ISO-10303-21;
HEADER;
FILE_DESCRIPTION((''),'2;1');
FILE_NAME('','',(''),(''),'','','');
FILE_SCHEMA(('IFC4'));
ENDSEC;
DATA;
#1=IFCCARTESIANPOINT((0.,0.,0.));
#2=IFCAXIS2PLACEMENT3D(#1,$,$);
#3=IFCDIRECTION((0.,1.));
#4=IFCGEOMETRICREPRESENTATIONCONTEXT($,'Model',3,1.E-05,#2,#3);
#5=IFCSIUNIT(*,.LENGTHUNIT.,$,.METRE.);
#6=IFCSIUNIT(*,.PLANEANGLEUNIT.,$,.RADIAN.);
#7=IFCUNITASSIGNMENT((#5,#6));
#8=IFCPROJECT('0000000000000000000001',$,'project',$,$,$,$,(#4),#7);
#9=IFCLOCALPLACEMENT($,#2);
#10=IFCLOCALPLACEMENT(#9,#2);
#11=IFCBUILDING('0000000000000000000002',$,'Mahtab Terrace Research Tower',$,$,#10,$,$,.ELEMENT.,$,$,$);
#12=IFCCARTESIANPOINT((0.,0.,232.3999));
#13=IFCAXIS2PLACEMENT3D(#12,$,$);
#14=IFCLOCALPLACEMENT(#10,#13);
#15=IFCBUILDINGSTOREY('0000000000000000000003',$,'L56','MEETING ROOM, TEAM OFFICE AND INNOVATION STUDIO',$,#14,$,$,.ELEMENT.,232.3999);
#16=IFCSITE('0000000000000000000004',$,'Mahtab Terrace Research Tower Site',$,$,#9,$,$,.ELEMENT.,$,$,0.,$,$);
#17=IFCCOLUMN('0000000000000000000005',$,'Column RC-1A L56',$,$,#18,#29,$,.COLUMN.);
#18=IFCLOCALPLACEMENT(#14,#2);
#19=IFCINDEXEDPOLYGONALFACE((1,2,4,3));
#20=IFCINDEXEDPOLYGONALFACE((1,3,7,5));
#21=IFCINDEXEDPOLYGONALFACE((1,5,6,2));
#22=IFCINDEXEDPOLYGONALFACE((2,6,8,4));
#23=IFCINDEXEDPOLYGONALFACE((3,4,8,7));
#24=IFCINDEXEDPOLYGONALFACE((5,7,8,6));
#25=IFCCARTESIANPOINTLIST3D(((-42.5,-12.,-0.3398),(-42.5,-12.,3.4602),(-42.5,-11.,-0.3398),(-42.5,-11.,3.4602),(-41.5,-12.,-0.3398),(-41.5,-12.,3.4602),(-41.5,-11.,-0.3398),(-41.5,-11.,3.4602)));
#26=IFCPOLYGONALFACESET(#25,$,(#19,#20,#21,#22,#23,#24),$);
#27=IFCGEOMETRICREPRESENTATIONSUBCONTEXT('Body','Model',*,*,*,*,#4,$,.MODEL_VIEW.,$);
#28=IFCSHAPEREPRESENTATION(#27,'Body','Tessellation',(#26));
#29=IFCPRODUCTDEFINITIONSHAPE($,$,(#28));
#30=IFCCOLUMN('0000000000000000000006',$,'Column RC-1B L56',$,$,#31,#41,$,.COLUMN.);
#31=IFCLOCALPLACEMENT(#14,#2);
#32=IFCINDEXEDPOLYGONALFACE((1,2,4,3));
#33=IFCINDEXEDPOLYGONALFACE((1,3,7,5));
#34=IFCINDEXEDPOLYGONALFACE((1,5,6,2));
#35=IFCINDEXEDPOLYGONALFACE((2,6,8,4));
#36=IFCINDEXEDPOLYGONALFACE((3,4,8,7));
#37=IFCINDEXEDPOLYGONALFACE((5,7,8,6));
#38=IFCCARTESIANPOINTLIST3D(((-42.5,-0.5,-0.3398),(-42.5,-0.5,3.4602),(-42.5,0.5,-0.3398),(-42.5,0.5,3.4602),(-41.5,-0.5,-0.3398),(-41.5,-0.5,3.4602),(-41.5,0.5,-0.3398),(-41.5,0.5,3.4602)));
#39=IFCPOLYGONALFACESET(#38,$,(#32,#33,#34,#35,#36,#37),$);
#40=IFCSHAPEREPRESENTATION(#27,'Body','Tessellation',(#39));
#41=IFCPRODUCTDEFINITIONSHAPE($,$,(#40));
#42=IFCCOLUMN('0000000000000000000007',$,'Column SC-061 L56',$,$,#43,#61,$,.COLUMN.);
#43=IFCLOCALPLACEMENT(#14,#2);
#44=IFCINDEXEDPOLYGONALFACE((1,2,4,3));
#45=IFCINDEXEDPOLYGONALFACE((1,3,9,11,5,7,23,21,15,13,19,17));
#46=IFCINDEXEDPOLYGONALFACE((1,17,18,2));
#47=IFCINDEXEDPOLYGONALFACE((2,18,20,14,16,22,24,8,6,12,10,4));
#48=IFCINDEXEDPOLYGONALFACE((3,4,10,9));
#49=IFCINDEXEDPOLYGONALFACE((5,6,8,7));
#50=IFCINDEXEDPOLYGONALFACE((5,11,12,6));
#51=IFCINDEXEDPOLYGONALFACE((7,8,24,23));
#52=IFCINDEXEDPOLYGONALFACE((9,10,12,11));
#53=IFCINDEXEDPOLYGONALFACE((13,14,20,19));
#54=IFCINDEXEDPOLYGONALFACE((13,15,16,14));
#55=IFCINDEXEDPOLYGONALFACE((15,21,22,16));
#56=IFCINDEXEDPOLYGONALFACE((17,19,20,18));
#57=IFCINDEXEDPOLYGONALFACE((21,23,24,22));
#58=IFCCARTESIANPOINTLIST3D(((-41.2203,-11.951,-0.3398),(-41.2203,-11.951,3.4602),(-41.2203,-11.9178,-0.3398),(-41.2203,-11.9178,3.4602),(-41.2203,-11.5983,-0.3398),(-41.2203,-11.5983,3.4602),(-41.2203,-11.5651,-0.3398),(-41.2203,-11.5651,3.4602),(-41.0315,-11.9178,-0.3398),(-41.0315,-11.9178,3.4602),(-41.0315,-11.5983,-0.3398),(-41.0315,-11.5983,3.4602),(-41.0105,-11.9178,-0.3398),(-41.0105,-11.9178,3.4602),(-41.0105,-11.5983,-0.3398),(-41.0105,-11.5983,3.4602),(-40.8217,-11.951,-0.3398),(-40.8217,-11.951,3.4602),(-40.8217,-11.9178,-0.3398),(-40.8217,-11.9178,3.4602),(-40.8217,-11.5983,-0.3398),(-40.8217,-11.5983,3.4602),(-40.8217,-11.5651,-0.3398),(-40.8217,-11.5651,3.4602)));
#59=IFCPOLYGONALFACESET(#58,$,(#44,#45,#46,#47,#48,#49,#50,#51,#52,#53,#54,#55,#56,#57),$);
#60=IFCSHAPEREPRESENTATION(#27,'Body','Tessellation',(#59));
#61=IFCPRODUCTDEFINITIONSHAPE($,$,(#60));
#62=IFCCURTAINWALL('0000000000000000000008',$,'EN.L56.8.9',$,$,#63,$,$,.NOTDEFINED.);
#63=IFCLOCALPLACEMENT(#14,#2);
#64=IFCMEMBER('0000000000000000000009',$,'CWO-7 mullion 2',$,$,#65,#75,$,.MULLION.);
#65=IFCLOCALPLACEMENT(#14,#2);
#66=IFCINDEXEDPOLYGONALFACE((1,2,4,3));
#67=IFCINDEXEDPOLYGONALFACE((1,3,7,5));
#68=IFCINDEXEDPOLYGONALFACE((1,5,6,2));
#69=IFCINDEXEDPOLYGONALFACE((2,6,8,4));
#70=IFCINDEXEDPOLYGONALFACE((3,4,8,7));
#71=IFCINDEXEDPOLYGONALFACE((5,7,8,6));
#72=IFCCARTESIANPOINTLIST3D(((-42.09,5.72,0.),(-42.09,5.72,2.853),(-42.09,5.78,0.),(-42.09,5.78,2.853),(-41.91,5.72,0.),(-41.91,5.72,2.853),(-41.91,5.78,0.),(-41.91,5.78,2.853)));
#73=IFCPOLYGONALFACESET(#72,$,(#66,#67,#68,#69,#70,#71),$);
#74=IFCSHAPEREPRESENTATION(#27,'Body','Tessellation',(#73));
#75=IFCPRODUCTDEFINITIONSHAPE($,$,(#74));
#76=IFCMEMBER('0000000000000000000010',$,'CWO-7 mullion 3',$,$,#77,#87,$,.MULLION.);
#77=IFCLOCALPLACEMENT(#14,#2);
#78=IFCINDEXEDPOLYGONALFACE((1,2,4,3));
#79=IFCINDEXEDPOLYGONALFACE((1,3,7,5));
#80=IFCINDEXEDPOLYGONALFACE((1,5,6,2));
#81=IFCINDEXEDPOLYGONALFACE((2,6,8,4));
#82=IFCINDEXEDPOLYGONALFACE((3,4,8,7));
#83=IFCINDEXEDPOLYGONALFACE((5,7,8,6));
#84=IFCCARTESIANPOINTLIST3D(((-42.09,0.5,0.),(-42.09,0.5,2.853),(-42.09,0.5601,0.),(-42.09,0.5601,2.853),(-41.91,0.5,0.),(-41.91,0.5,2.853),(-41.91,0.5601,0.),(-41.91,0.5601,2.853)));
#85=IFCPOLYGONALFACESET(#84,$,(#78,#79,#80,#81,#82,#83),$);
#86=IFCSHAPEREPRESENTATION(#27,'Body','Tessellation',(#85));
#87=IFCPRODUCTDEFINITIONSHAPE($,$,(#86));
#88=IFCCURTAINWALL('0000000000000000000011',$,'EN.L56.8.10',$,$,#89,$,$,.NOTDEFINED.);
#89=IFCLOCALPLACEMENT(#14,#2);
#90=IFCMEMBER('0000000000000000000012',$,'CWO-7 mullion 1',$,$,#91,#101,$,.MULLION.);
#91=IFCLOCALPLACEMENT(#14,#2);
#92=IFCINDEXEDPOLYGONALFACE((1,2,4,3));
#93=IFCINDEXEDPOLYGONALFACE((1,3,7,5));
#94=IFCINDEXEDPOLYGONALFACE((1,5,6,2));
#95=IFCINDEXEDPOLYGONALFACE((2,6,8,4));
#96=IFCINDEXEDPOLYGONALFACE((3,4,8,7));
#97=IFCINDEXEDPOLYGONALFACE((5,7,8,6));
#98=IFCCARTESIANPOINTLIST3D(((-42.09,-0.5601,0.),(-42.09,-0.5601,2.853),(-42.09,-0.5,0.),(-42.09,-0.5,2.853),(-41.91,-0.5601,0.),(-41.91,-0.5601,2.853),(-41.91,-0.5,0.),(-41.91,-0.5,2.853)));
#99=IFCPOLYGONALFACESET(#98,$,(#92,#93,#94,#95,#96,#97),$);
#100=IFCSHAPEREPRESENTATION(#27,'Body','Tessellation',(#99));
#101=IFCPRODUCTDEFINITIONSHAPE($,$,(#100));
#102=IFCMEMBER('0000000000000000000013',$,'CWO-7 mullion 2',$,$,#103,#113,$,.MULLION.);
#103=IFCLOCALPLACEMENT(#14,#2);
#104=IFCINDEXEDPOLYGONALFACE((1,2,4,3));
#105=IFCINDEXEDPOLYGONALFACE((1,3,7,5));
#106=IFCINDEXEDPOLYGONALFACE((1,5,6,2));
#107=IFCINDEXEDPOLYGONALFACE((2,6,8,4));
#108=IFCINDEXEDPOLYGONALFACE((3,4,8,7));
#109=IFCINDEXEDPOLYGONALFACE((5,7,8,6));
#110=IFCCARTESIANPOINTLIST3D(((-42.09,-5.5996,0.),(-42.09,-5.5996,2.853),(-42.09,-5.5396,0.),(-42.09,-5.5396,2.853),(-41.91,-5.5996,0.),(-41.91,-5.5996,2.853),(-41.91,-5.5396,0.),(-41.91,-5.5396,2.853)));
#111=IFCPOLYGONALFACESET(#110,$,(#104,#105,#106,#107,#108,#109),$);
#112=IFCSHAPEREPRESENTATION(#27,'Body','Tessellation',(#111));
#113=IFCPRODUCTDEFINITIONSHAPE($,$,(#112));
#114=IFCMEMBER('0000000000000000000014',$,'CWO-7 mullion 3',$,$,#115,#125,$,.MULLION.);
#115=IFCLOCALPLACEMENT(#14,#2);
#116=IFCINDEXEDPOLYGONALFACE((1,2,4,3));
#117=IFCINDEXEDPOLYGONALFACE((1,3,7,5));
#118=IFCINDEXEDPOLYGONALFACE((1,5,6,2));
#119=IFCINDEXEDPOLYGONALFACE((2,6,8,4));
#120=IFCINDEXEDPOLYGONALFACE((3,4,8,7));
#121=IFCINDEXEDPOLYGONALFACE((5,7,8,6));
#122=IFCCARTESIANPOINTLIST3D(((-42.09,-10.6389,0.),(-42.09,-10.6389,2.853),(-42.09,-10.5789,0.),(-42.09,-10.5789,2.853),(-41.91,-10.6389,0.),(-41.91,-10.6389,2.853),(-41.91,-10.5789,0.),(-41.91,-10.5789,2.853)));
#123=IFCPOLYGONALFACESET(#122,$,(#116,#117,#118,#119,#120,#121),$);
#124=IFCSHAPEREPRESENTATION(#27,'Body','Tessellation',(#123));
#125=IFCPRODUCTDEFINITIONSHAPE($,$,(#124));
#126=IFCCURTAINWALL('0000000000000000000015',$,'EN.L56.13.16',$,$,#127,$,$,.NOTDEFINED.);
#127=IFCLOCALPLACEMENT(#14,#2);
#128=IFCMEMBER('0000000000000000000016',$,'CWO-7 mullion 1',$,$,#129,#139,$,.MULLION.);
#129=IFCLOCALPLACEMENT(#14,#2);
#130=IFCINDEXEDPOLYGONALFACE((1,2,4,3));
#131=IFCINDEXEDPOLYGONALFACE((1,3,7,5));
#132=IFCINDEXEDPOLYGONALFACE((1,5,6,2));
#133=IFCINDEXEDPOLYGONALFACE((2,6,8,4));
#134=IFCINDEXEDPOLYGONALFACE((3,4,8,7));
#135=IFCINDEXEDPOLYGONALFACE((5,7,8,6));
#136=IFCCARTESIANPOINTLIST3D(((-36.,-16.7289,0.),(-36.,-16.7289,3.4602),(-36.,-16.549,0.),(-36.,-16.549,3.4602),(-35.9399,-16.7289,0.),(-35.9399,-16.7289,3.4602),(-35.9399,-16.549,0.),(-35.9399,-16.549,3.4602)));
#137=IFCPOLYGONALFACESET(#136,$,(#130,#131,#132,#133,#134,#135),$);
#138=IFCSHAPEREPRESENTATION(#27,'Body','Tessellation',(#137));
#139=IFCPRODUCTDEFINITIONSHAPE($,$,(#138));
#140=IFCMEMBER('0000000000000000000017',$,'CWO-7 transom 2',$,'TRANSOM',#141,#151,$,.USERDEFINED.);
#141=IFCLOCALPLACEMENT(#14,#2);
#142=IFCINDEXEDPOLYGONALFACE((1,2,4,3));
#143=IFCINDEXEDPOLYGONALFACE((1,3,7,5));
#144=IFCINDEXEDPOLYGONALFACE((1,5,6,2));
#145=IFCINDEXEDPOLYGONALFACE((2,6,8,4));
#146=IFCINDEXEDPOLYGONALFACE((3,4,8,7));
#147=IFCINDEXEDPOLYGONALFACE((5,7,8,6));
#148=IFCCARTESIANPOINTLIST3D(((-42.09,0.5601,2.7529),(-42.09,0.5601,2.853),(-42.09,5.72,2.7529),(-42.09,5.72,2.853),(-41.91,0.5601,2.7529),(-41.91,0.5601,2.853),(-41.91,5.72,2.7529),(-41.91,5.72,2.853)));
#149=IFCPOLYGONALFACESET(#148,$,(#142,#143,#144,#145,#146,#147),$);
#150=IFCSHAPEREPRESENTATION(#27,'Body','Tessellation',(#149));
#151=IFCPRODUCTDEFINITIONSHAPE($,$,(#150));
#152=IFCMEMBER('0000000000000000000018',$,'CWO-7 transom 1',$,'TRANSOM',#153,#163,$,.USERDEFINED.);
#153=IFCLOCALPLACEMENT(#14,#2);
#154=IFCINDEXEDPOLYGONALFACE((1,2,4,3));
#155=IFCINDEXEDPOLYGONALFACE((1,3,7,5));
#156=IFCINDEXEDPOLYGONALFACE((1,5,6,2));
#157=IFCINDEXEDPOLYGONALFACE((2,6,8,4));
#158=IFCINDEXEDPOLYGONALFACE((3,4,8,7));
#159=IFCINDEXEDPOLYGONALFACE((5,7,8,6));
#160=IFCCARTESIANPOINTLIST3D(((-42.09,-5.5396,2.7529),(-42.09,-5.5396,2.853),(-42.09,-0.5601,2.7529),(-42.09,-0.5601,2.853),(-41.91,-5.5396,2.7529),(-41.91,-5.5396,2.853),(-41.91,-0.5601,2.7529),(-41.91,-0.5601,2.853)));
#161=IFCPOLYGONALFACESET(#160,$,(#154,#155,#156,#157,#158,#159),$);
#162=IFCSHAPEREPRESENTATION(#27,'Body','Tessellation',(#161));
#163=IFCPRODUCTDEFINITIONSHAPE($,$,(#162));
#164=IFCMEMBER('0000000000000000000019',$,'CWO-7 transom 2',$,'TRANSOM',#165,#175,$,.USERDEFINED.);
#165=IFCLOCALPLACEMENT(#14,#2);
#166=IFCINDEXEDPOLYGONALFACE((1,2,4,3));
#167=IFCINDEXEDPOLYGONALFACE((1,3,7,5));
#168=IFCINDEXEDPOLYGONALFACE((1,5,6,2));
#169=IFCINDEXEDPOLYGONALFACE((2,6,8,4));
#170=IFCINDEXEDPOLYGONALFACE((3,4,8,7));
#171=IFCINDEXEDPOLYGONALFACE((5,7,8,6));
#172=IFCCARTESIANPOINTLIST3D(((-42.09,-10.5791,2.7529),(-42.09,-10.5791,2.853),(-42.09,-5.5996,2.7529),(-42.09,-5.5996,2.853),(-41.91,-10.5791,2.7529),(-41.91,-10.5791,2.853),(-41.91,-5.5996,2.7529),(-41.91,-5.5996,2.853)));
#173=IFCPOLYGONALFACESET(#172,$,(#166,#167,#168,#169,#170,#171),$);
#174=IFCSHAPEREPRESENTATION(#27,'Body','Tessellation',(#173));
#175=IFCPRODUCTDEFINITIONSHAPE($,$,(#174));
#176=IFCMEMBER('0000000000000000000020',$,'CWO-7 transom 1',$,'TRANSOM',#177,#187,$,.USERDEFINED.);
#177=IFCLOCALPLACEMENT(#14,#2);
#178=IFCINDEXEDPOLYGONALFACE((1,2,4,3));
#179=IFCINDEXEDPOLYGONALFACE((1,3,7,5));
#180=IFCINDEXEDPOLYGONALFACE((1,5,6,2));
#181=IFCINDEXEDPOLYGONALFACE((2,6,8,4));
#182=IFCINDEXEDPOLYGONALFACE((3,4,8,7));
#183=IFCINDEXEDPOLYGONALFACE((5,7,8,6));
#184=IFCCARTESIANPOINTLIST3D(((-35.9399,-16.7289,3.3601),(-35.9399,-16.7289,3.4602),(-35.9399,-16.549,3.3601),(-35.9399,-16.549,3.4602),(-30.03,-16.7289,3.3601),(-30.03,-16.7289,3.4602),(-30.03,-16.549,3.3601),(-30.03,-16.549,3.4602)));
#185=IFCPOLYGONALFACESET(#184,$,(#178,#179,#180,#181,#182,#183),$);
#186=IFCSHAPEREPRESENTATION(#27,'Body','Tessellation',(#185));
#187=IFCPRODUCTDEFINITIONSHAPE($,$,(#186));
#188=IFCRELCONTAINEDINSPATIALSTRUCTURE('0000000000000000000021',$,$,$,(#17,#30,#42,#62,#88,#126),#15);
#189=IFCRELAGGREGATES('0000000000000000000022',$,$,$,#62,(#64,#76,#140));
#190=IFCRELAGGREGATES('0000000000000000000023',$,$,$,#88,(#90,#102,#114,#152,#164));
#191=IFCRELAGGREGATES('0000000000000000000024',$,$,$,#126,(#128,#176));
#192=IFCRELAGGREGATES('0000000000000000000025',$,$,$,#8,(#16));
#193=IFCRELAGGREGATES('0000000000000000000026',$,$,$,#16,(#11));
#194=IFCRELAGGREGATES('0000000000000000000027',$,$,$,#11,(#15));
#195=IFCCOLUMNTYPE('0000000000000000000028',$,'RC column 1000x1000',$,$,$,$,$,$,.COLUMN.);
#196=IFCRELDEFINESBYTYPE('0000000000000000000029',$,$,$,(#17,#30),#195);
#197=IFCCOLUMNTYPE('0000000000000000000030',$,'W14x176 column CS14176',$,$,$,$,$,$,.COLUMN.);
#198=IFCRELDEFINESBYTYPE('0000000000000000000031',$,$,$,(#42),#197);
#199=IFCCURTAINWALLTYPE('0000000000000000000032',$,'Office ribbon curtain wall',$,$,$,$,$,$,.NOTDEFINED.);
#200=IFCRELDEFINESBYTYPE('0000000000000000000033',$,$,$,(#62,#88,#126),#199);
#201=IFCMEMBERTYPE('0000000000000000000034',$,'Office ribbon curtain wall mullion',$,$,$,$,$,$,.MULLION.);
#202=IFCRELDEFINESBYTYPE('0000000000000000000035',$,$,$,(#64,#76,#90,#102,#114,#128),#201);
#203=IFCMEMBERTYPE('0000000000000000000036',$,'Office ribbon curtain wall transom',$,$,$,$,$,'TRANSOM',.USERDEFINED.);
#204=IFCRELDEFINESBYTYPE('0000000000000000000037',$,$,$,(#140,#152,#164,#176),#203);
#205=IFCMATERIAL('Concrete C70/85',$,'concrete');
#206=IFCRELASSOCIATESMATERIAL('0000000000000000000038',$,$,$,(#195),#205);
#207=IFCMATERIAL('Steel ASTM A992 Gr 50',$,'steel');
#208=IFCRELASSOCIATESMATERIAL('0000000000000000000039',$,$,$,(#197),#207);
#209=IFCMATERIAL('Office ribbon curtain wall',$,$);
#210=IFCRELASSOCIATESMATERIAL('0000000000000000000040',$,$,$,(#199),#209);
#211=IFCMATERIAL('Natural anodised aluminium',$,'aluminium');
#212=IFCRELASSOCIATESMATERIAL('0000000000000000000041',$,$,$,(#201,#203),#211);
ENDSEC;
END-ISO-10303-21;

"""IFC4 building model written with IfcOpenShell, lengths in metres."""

from ifc_helpers import new_model, si_unit, direction, frame, origin, origin_2d, place, context, subcontext, project, spatial, rectangle, i_section, extrude, material, material_profile, profile_set, type_object, element, aggregate, save


model = new_model("IFC4")

# Units and contexts
model_context = context("Model", 3, precision=1e-05, world=origin(), true_north=direction((0.0, 1.0)))
body_context = subcontext(model_context, "Body", "Model", "MODEL_VIEW")
ifc_project = project(units=[si_unit("LENGTHUNIT", "METRE"), si_unit("PLANEANGLEUNIT", "RADIAN")], contexts=[model_context])

# Site, building, storey
site_placement = place(None, origin())
site = spatial("IfcSite", under=ifc_project, at=site_placement, Name="Mahtab Terrace Research Tower Site", CompositionType="ELEMENT", RefElevation=0.0)
building_placement = place(site_placement, origin())
building = spatial("IfcBuilding", under=site, at=building_placement, Name="Mahtab Terrace Research Tower", CompositionType="ELEMENT")
storey_placement = place(building_placement, frame((0.0, 0.0, 232.3999)))
storey = spatial("IfcBuildingStorey", under=building, at=storey_placement, Name="L56", Description="MEETING ROOM, TEAM OFFICE AND INNOVATION STUDIO", CompositionType="ELEMENT", Elevation=232.3999)

# Columns
ifc_material_1 = material(Name="Concrete C70/85", Category="concrete")
ifc_material_profile_1 = material_profile(ifc_material_1, rectangle(XDim=1.0, YDim=1.0, at=origin_2d()), Name="RC column 1000x1000")
ifc_profile_set_1 = profile_set([ifc_material_profile_1], Name="Concrete C70/85")
column_type_1 = type_object("IfcColumnType", Name="RC column 1000x1000", PredefinedType="COLUMN", material=ifc_profile_set_1)
for number, where, z_axis, x_axis, name in (
    (1, (-42.0, -11.5, -0.3398), (0.0, 0.0, 1.0), (1.0, 0.0, 0.0), "Column RC-1A L56"),
    (2, (-42.0, 0.0, -0.3398), (0.0, 0.0, 1.0), (1.0, 0.0, 0.0), "Column RC-1B L56"),
):
    element("IfcColumn", number, at=place(storey_placement, frame(where, z_axis=z_axis, x_axis=x_axis)), inside=storey, type_object=column_type_1, Name=name, PredefinedType="COLUMN", context=body_context, shape_type="SweptSolid", body=[
        extrude(rectangle(XDim=1.0, YDim=1.0, at=origin_2d()), origin(), (0.0, 0.0, 1.0), 3.8),
    ])
ifc_material_2 = material(Name="Steel ASTM A992 Gr 50", Category="steel")
ifc_material_profile_2 = material_profile(ifc_material_2, i_section(OverallWidth=0.3987, OverallDepth=0.386, WebThickness=0.021, FlangeThickness=0.0332, at=origin_2d()), Name="W14X176")
ifc_profile_set_2 = profile_set([ifc_material_profile_2], Name="Steel ASTM A992 Gr 50")
column_type_2 = type_object("IfcColumnType", Name="W14x176 column CS14176", PredefinedType="COLUMN", material=ifc_profile_set_2)
column_placement = place(storey_placement, frame((-41.021, -11.7581, -0.3398), z_axis=(0.0, 0.0, 1.0), x_axis=(1.0, 0.0, 0.0)))
element("IfcColumn", 3, at=column_placement, inside=storey, type_object=column_type_2, Name="Column SC-061 L56", PredefinedType="COLUMN", context=body_context, shape_type="SweptSolid", body=[
    extrude(i_section(OverallWidth=0.3987, OverallDepth=0.386, WebThickness=0.021, FlangeThickness=0.0332, at=origin_2d()), origin(), (0.0, 0.0, 1.0), 3.8),
])

# Curtain walls, members
ifc_material_3 = material(Name="Office ribbon curtain wall")
curtain_wall_type = type_object("IfcCurtainWallType", Name="Office ribbon curtain wall", PredefinedType="NOTDEFINED", material=ifc_material_3)
curtain_wall_1_placement = place(storey_placement, origin())
curtain_wall_1 = element("IfcCurtainWall", 4, at=curtain_wall_1_placement, inside=storey, type_object=curtain_wall_type, Name="EN.L56.8.9", PredefinedType="NOTDEFINED")
ifc_material_4 = material(Name="Natural anodised aluminium", Category="aluminium")
ifc_material_profile_3 = material_profile(ifc_material_4, rectangle(XDim=0.1799, YDim=0.0601, at=origin_2d()), Name="MULLION 60x180")
ifc_profile_set_3 = profile_set([ifc_material_profile_3], Name="Natural anodised aluminium")
member_type_1 = type_object("IfcMemberType", Name="Office ribbon curtain wall mullion", PredefinedType="MULLION", material=ifc_profile_set_3)
member_1_placement = place(storey_placement, frame((-42.0, 5.75, 0.0), z_axis=(0.0, 0.0, 1.0), x_axis=(1.0, 0.0, 0.0)))
member_1 = element("IfcMember", 5, at=member_1_placement, type_object=member_type_1, Name="CWO-7 mullion 2", PredefinedType="MULLION", context=body_context, shape_type="SweptSolid", body=[
    extrude(rectangle(XDim=0.1799, YDim=0.0601, at=origin_2d()), origin(), (0.0, 0.0, 1.0), 2.853),
])
member_2_placement = place(storey_placement, frame((-42.0, 0.53, 0.0), z_axis=(0.0, 0.0, 1.0), x_axis=(1.0, 0.0, 0.0)))
member_2 = element("IfcMember", 6, at=member_2_placement, type_object=member_type_1, Name="CWO-7 mullion 3", PredefinedType="MULLION", context=body_context, shape_type="SweptSolid", body=[
    extrude(rectangle(XDim=0.1799, YDim=0.0601, at=origin_2d()), origin(), (0.0, 0.0, 1.0), 2.853),
])
curtain_wall_2_placement = place(storey_placement, origin())
curtain_wall_2 = element("IfcCurtainWall", 7, at=curtain_wall_2_placement, inside=storey, type_object=curtain_wall_type, Name="EN.L56.8.10", PredefinedType="NOTDEFINED")
member_3_placement = place(storey_placement, frame((-42.0, -0.53, 0.0), z_axis=(0.0, 0.0, 1.0), x_axis=(1.0, 0.0, 0.0)))
member_3 = element("IfcMember", 8, at=member_3_placement, type_object=member_type_1, Name="CWO-7 mullion 1", PredefinedType="MULLION", context=body_context, shape_type="SweptSolid", body=[
    extrude(rectangle(XDim=0.1799, YDim=0.0601, at=origin_2d()), origin(), (0.0, 0.0, 1.0), 2.853),
])
member_4_placement = place(storey_placement, frame((-42.0, -5.5696, 0.0), z_axis=(0.0, 0.0, 1.0), x_axis=(1.0, 0.0, 0.0)))
member_4 = element("IfcMember", 9, at=member_4_placement, type_object=member_type_1, Name="CWO-7 mullion 2", PredefinedType="MULLION", context=body_context, shape_type="SweptSolid", body=[
    extrude(rectangle(XDim=0.1799, YDim=0.0601, at=origin_2d()), origin(), (0.0, 0.0, 1.0), 2.853),
])
member_5_placement = place(storey_placement, frame((-42.0, -10.6089, 0.0), z_axis=(0.0, 0.0, 1.0), x_axis=(1.0, 0.0, 0.0)))
member_5 = element("IfcMember", 10, at=member_5_placement, type_object=member_type_1, Name="CWO-7 mullion 3", PredefinedType="MULLION", context=body_context, shape_type="SweptSolid", body=[
    extrude(rectangle(XDim=0.1799, YDim=0.0601, at=origin_2d()), origin(), (0.0, 0.0, 1.0), 2.853),
])

# Curtain wall, member
curtain_wall_3_placement = place(storey_placement, origin())
curtain_wall_3 = element("IfcCurtainWall", 11, at=curtain_wall_3_placement, inside=storey, type_object=curtain_wall_type, Name="EN.L56.13.16", PredefinedType="NOTDEFINED")
member_6_placement = place(storey_placement, frame((-35.97, -16.6389, 0.0), z_axis=(0.0, 0.0, 1.0), x_axis=(0.0, 1.0, 0.0)))
member_6 = element("IfcMember", 12, at=member_6_placement, type_object=member_type_1, Name="CWO-7 mullion 1", PredefinedType="MULLION", context=body_context, shape_type="SweptSolid", body=[
    extrude(rectangle(XDim=0.1799, YDim=0.0601, at=origin_2d()), origin(), (0.0, 0.0, 1.0), 3.4602),
])

# Members
ifc_material_profile_4 = material_profile(ifc_material_4, rectangle(XDim=0.1799, YDim=0.1001, at=origin_2d()), Name="TRANSOM 100x180")
ifc_profile_set_4 = profile_set([ifc_material_profile_4], Name="Natural anodised aluminium")
member_type_2 = type_object("IfcMemberType", Name="Office ribbon curtain wall transom", ElementType="TRANSOM", PredefinedType="USERDEFINED", material=ifc_profile_set_4)
member_7_placement = place(storey_placement, frame((-42.0, 5.72, 2.803), z_axis=(0.0, -1.0, 0.0), x_axis=(1.0, 0.0, 0.0)))
member_7 = element("IfcMember", 13, at=member_7_placement, type_object=member_type_2, Name="CWO-7 transom 2", ObjectType="TRANSOM", PredefinedType="USERDEFINED", context=body_context, shape_type="SweptSolid", body=[
    extrude(rectangle(XDim=0.1799, YDim=0.1001, at=origin_2d()), origin(), (0.0, 0.0, 1.0), 5.1599),
])
member_8_placement = place(storey_placement, frame((-42.0, -0.5601, 2.803), z_axis=(0.0, -1.0, 0.0), x_axis=(1.0, 0.0, 0.0)))
member_8 = element("IfcMember", 14, at=member_8_placement, type_object=member_type_2, Name="CWO-7 transom 1", ObjectType="TRANSOM", PredefinedType="USERDEFINED", context=body_context, shape_type="SweptSolid", body=[
    extrude(rectangle(XDim=0.1799, YDim=0.1001, at=origin_2d()), origin(), (0.0, 0.0, 1.0), 4.9795),
])
member_9_placement = place(storey_placement, frame((-42.0, -5.5996, 2.803), z_axis=(0.0, -1.0, 0.0), x_axis=(1.0, 0.0, 0.0)))
member_9 = element("IfcMember", 15, at=member_9_placement, type_object=member_type_2, Name="CWO-7 transom 2", ObjectType="TRANSOM", PredefinedType="USERDEFINED", context=body_context, shape_type="SweptSolid", body=[
    extrude(rectangle(XDim=0.1799, YDim=0.1001, at=origin_2d()), origin(), (0.0, 0.0, 1.0), 4.9795),
])
member_10_placement = place(storey_placement, frame((-35.9399, -16.6389, 3.4102), z_axis=(1.0, 0.0, 0.0), x_axis=(0.0, 1.0, 0.0)))
member_10 = element("IfcMember", 16, at=member_10_placement, type_object=member_type_2, Name="CWO-7 transom 1", ObjectType="TRANSOM", PredefinedType="USERDEFINED", context=body_context, shape_type="SweptSolid", body=[
    extrude(rectangle(XDim=0.1799, YDim=0.1001, at=origin_2d()), origin(), (0.0, 0.0, 1.0), 5.9099),
])

aggregate(curtain_wall_1, [member_1, member_2, member_7])
aggregate(curtain_wall_2, [member_3, member_4, member_5, member_8, member_9])
aggregate(curtain_wall_3, [member_6, member_10])

save(model, "model.ifc")
